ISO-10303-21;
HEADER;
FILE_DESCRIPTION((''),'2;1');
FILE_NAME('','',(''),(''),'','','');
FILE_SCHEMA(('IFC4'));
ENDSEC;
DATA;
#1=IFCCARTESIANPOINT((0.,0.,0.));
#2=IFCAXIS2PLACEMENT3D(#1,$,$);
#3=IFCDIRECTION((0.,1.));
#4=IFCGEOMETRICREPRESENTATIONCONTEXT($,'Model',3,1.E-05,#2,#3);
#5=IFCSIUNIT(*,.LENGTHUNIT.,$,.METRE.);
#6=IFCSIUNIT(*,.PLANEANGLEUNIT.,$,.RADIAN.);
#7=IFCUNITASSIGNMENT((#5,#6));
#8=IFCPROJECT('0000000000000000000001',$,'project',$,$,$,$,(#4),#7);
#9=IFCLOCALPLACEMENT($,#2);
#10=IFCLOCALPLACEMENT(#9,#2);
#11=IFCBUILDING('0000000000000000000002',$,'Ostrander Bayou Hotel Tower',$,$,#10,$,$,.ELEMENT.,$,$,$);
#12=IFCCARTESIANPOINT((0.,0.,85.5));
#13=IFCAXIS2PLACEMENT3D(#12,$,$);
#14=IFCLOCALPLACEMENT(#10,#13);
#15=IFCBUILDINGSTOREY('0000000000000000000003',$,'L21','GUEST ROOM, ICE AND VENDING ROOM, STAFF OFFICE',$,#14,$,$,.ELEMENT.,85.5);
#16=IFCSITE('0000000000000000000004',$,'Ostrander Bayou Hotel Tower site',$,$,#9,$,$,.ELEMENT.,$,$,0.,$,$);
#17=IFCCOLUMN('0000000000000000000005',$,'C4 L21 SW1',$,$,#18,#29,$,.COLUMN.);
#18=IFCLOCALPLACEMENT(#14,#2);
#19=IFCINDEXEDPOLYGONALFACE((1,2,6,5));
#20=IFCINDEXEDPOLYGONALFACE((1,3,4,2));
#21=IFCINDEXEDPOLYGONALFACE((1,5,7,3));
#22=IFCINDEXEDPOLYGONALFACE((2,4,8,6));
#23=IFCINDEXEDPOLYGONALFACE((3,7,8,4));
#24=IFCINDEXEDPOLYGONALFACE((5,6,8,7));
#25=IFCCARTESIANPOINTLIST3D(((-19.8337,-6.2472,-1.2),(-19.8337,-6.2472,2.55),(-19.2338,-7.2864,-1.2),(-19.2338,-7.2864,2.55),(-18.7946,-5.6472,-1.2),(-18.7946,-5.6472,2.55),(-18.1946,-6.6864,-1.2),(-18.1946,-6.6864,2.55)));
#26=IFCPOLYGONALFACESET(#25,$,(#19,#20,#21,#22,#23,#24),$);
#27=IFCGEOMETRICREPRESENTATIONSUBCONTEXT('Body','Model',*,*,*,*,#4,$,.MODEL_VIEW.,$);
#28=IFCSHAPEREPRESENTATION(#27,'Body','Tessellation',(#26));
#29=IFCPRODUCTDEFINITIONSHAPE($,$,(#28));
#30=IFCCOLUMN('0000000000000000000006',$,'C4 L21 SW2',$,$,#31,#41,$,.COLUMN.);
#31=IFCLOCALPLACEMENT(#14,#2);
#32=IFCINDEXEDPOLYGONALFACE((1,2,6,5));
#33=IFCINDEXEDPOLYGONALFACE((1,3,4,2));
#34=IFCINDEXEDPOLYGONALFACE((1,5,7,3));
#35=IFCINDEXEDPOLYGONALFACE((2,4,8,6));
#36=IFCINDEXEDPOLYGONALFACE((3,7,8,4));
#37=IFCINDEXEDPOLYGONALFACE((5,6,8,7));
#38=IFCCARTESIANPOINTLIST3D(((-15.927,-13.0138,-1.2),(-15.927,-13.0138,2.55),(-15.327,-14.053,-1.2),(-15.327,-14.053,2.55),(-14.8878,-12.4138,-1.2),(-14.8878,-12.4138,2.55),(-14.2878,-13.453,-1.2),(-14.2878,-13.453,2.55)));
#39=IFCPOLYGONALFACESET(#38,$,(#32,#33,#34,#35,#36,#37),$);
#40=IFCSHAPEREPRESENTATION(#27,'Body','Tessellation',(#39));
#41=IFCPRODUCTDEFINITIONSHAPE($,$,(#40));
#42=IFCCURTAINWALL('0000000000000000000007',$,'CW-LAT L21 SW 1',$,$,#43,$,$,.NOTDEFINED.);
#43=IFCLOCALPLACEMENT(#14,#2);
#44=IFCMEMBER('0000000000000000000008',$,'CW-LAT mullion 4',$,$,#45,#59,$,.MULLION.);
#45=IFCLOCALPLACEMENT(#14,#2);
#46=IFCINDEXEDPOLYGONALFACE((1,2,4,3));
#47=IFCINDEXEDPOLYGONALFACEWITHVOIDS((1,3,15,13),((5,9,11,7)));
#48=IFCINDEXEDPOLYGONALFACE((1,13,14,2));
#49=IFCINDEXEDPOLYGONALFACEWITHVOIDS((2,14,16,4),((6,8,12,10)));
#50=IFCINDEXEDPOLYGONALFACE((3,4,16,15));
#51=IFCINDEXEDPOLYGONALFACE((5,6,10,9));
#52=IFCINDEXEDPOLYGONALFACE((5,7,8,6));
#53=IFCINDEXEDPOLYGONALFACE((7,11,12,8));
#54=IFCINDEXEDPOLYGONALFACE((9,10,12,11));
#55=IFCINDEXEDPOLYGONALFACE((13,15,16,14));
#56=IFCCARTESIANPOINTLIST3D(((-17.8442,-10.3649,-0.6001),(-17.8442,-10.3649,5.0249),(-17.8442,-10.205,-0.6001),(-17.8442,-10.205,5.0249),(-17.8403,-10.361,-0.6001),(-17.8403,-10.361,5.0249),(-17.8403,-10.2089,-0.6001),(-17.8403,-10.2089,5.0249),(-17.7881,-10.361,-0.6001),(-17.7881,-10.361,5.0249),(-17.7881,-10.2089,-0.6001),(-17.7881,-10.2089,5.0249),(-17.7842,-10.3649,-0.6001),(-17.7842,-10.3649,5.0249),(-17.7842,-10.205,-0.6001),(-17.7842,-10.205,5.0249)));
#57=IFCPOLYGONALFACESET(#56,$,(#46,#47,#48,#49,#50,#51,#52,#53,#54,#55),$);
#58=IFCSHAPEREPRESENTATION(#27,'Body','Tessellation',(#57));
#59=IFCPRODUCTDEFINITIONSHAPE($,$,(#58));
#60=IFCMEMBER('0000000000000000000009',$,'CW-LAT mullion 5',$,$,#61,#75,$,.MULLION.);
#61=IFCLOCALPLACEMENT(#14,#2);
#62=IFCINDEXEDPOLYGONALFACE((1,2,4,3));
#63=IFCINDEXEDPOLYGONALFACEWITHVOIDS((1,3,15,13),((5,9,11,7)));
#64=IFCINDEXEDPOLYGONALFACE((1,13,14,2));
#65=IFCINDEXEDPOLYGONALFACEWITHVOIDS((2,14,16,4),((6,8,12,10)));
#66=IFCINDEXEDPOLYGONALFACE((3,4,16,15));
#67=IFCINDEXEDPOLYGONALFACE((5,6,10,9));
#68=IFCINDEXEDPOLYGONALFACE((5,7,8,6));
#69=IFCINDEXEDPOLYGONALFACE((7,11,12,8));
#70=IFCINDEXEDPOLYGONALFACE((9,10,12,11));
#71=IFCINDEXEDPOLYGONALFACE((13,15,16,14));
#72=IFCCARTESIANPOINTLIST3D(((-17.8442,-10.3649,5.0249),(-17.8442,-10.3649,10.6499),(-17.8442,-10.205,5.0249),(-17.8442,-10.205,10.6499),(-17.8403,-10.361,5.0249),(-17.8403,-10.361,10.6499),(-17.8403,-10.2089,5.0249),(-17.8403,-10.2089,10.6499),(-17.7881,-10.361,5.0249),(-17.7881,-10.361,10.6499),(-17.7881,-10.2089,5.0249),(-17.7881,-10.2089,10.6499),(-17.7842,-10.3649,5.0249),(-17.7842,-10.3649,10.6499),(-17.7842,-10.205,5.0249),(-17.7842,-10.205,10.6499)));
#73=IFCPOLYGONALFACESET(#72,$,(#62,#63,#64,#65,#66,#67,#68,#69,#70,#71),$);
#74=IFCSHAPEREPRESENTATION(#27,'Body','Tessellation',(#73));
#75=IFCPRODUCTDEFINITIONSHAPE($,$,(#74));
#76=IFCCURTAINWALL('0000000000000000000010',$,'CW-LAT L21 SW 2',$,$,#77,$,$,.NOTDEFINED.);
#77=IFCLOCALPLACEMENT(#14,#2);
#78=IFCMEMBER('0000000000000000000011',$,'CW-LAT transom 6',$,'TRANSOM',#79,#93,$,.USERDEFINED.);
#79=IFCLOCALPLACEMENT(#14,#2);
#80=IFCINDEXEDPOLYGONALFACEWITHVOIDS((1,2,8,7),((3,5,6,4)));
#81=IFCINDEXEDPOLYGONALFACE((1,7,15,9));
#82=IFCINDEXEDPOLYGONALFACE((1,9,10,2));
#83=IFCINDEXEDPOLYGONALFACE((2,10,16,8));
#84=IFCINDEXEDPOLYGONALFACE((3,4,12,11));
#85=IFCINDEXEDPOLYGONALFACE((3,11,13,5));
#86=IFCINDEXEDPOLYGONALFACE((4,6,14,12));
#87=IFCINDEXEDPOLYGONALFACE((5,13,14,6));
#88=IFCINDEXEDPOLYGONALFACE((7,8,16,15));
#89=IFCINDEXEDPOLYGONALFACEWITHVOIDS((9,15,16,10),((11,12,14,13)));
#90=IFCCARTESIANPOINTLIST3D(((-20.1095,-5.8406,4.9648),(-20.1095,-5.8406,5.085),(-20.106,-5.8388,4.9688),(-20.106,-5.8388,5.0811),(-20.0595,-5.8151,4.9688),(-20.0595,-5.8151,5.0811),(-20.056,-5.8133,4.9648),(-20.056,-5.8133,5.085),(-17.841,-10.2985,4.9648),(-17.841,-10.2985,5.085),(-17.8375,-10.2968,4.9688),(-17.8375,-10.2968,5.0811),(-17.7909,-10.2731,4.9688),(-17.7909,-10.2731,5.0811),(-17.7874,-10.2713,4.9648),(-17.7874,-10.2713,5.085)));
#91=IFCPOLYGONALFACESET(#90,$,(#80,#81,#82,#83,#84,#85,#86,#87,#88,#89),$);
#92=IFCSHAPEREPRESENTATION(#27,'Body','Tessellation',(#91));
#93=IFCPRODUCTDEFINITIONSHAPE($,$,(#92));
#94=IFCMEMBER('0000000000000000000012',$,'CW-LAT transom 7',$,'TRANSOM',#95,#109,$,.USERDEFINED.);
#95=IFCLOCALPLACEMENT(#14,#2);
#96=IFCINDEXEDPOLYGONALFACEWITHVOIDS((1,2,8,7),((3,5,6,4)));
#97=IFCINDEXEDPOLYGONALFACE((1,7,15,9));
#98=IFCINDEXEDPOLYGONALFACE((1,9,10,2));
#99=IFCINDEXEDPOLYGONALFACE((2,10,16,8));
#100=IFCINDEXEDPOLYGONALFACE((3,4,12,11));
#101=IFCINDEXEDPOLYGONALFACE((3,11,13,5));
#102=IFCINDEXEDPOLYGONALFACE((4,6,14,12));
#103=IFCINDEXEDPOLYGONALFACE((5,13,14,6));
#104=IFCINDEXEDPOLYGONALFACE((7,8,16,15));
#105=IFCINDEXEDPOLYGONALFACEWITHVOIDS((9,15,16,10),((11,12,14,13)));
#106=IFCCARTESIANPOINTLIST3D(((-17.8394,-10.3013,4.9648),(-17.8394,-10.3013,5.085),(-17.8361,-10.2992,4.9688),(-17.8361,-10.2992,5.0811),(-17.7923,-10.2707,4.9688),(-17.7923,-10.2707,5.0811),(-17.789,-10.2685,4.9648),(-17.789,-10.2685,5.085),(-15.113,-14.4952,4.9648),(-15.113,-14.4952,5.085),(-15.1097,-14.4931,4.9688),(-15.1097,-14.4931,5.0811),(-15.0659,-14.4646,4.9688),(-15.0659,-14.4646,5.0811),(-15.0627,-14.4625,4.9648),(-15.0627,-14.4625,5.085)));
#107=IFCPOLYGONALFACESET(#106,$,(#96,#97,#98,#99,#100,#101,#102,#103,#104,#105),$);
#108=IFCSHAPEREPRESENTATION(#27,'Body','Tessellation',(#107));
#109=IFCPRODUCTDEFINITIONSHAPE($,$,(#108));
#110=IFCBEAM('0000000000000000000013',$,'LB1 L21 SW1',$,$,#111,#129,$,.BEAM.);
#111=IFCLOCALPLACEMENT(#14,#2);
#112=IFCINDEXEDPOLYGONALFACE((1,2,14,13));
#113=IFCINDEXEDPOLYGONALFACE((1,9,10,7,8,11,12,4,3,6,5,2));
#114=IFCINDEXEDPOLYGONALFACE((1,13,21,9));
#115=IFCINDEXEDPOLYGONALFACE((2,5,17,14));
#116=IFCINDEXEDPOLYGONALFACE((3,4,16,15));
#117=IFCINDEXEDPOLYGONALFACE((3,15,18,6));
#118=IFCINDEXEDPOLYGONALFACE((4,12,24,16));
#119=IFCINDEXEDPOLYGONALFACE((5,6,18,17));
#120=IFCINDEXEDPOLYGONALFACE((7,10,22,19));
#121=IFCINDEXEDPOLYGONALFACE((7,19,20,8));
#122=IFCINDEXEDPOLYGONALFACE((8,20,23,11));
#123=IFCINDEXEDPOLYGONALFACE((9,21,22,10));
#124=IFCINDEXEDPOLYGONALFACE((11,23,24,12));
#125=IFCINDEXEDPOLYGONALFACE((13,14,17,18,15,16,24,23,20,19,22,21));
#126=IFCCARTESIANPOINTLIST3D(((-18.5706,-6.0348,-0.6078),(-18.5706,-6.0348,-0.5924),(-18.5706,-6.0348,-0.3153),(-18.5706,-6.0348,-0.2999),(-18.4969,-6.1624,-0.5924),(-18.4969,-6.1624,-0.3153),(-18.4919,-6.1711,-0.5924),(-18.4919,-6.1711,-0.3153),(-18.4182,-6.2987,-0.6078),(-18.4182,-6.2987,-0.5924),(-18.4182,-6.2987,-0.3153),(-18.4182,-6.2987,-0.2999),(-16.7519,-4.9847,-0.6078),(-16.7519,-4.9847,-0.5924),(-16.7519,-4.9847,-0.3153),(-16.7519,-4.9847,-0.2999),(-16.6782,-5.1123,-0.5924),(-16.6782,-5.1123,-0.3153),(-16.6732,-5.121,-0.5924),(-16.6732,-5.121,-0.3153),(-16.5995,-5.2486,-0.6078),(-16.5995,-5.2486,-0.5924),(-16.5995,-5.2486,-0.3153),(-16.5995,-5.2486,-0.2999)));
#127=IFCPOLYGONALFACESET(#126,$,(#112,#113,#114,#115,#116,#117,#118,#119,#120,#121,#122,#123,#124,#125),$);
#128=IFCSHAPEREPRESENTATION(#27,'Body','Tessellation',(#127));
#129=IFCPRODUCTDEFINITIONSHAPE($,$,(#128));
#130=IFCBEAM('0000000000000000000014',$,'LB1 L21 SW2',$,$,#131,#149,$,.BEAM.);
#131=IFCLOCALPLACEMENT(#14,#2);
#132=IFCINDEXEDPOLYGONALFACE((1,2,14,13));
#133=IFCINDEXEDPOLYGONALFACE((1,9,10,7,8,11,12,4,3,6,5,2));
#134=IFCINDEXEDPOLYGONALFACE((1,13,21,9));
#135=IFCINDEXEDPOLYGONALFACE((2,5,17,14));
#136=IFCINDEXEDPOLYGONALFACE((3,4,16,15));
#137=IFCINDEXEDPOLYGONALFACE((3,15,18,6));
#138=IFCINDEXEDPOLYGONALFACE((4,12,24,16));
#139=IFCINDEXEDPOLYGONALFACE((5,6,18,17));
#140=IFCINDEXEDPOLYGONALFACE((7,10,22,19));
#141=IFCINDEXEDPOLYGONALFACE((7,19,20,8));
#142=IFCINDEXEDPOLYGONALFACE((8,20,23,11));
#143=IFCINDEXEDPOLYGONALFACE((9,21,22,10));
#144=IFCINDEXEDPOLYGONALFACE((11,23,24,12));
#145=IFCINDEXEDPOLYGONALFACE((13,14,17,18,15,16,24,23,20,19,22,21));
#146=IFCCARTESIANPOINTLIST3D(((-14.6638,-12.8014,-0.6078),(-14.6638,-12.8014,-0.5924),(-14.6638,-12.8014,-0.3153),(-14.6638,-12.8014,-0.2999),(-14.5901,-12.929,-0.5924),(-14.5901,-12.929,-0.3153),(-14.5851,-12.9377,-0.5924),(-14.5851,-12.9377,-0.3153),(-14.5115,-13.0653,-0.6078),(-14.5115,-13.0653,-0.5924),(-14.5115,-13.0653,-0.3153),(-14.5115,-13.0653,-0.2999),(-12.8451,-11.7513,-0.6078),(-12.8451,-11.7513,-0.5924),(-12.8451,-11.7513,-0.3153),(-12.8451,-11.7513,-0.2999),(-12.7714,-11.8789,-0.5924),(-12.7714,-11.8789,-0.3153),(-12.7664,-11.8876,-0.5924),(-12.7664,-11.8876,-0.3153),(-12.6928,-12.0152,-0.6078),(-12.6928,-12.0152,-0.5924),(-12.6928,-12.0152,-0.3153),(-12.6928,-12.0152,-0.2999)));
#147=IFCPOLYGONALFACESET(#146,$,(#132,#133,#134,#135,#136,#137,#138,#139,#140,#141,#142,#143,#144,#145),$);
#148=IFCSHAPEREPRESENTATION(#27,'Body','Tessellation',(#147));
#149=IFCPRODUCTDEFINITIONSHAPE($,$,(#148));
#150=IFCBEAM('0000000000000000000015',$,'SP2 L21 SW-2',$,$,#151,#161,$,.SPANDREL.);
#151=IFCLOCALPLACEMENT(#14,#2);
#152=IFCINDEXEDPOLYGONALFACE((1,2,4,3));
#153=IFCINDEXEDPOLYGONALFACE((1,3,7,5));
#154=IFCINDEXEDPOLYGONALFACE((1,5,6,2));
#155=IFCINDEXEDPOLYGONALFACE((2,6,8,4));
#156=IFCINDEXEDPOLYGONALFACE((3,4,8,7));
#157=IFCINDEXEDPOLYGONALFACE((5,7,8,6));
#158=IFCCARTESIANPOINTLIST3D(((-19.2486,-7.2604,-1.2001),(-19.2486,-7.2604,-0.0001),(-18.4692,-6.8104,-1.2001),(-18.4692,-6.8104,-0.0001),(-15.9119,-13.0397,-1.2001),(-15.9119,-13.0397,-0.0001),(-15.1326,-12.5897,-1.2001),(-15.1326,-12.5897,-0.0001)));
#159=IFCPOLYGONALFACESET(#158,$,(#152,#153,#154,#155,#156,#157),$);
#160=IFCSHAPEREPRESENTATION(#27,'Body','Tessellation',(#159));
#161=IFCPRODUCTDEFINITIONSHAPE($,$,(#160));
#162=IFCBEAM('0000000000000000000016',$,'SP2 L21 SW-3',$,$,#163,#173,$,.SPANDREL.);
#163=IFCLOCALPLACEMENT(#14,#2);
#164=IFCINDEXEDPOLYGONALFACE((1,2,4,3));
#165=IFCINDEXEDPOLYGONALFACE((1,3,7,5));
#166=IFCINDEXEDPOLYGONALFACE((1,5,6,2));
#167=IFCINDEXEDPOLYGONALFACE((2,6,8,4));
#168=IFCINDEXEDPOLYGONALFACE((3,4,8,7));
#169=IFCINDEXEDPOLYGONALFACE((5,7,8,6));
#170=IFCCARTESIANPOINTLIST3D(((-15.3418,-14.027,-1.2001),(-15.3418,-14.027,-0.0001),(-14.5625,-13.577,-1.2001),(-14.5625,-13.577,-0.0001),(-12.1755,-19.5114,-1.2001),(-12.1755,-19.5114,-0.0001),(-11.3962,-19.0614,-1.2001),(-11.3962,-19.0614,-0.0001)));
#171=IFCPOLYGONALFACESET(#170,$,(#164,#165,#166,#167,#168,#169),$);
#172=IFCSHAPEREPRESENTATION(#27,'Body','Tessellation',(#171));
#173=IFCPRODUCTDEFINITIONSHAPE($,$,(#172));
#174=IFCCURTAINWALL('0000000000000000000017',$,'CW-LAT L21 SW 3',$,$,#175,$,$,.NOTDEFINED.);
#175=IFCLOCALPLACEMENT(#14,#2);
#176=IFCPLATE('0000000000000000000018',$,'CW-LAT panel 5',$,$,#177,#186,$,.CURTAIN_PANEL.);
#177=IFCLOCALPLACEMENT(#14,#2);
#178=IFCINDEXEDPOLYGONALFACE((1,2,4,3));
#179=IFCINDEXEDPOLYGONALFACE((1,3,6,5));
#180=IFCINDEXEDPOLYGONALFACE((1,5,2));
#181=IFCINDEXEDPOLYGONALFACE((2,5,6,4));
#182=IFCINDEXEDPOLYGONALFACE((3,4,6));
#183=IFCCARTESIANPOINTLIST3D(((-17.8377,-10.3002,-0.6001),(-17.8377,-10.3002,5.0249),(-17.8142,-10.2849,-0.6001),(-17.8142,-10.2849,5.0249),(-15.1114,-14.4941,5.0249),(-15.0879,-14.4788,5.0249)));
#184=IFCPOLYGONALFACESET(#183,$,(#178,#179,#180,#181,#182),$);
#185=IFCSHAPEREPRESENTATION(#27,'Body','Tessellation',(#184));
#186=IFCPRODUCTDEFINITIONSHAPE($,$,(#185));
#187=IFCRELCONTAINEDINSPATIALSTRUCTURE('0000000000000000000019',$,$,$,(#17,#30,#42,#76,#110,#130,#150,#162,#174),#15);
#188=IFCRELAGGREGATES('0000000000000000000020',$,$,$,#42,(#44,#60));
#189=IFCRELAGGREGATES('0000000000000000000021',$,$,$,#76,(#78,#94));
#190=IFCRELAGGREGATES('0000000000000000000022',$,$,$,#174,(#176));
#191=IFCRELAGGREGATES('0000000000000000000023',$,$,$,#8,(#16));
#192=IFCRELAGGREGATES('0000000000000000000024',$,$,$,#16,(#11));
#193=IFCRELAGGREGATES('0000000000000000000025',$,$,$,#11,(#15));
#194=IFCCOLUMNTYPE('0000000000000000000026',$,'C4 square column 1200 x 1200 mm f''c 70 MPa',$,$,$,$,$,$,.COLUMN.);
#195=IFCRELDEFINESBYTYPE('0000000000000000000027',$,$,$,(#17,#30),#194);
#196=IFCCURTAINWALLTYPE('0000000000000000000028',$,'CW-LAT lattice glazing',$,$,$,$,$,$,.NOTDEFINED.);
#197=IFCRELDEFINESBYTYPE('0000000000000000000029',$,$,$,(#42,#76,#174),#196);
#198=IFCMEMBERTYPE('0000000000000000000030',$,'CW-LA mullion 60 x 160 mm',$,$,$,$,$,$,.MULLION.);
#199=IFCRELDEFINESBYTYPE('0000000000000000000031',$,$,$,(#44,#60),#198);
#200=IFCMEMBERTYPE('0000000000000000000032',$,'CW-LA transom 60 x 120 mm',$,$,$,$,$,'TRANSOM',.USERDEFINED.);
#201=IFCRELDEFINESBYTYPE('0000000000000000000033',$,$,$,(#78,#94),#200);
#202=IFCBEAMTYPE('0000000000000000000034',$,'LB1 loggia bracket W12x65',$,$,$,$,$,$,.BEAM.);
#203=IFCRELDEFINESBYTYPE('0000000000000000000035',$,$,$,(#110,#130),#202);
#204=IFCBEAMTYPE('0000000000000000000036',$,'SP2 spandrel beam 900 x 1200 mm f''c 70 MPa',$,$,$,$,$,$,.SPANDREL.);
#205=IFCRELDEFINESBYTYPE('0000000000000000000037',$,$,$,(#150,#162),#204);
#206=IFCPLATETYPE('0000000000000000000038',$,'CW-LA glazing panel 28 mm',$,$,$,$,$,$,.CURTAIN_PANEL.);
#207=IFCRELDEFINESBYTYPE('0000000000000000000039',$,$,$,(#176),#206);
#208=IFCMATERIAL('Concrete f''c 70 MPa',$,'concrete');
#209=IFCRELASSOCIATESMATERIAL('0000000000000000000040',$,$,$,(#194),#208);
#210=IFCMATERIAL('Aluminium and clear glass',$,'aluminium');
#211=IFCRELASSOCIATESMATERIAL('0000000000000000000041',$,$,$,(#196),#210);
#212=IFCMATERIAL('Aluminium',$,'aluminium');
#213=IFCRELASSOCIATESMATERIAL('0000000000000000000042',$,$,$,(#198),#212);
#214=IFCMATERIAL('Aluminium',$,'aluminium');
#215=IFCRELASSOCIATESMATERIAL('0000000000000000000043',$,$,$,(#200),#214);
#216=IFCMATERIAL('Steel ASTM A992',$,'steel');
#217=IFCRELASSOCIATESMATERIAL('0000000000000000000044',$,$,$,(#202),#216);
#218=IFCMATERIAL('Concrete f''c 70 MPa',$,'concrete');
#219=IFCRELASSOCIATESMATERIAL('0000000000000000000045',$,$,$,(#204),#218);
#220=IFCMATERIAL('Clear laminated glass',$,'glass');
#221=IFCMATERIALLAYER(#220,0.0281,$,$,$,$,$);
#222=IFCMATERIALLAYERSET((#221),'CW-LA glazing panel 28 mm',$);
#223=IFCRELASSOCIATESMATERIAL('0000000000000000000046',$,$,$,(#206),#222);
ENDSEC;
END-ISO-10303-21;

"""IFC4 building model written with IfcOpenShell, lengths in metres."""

from ifc_helpers import new_model, si_unit, direction, frame, origin, origin_2d, place, context, subcontext, project, spatial, polyline, rectangle, hollow_rectangle, i_section, outline, extrude, material, layer, layer_set, material_profile, profile_set, type_object, element, aggregate, save


model = new_model("IFC4")

# Units and contexts
model_context = context("Model", 3, precision=1e-05, world=origin(), true_north=direction((0.0, 1.0)))
body_context = subcontext(model_context, "Body", "Model", "MODEL_VIEW")
ifc_project = project(units=[si_unit("LENGTHUNIT", "METRE"), si_unit("PLANEANGLEUNIT", "RADIAN")], contexts=[model_context])

# Site, building, storey
site_placement = place(None, origin())
site = spatial("IfcSite", under=ifc_project, at=site_placement, Name="Ostrander Bayou Hotel Tower site", CompositionType="ELEMENT", RefElevation=0.0)
building_placement = place(site_placement, origin())
building = spatial("IfcBuilding", under=site, at=building_placement, Name="Ostrander Bayou Hotel Tower", CompositionType="ELEMENT")
storey_placement = place(building_placement, frame((0.0, 0.0, 85.5)))
storey = spatial("IfcBuildingStorey", under=building, at=storey_placement, Name="L21", Description="GUEST ROOM, ICE AND VENDING ROOM, STAFF OFFICE", CompositionType="ELEMENT", Elevation=85.5)

# Columns
ifc_material_1 = material(Name="Concrete f'c 70 MPa", Category="concrete")
ifc_material_profile_1 = material_profile(ifc_material_1, rectangle(XDim=1.2, YDim=1.2, at=origin_2d()))
ifc_profile_set_1 = profile_set([ifc_material_profile_1], Name="Concrete f'c 70 MPa")
column_type = type_object("IfcColumnType", Name="C4 square column 1200 x 1200 mm f'c 70 MPa", PredefinedType="COLUMN", material=ifc_profile_set_1)
for number, where, z_axis, x_axis, name in (
    (1, (-19.0142, -6.4668, -1.2), (0.0, 0.0, 1.0), (-0.5, 0.866025, 0.0), "C4 L21 SW1"),
    (2, (-15.1074, -13.2334, -1.2), (0.0, 0.0, 1.0), (-0.5, 0.866025, 0.0), "C4 L21 SW2"),
):
    element("IfcColumn", number, at=place(storey_placement, frame(where, z_axis=z_axis, x_axis=x_axis)), inside=storey, type_object=column_type, Name=name, PredefinedType="COLUMN", context=body_context, shape_type="SweptSolid", body=[
        extrude(rectangle(XDim=1.2, YDim=1.2, at=origin_2d()), origin(), (0.0, 0.0, 1.0), 3.75),
    ])

# Curtain walls, members
ifc_material_2 = material(Name="Aluminium and clear glass", Category="aluminium")
curtain_wall_type = type_object("IfcCurtainWallType", Name="CW-LAT lattice glazing", PredefinedType="NOTDEFINED", material=ifc_material_2)
curtain_wall_1_placement = place(storey_placement, origin())
curtain_wall_1 = element("IfcCurtainWall", 3, at=curtain_wall_1_placement, inside=storey, type_object=curtain_wall_type, Name="CW-LAT L21 SW 1", PredefinedType="NOTDEFINED")
ifc_material_3 = material(Name="Aluminium", Category="aluminium")
ifc_material_profile_2 = material_profile(ifc_material_3, hollow_rectangle(XDim=0.0601, YDim=0.1599, WallThickness=0.0039, at=origin_2d()))
ifc_profile_set_2 = profile_set([ifc_material_profile_2], Name="Aluminium")
member_type_1 = type_object("IfcMemberType", Name="CW-LA mullion 60 x 160 mm", PredefinedType="MULLION", material=ifc_profile_set_2)
member_1_placement = place(storey_placement, frame((-17.8142, -10.2849, -0.6001), z_axis=(0.0, 0.0, 1.0), x_axis=(1.0, 0.0, 0.0)))
member_1 = element("IfcMember", 4, at=member_1_placement, type_object=member_type_1, Name="CW-LAT mullion 4", PredefinedType="MULLION", context=body_context, shape_type="SweptSolid", body=[
    extrude(hollow_rectangle(XDim=0.0601, YDim=0.1599, WallThickness=0.0039, at=origin_2d()), origin(), (0.0, 0.0, 1.0), 5.625),
])
member_2_placement = place(storey_placement, frame((-17.8142, -10.2849, 5.0249), z_axis=(0.0, 0.0, 1.0), x_axis=(1.0, 0.0, 0.0)))
member_2 = element("IfcMember", 5, at=member_2_placement, type_object=member_type_1, Name="CW-LAT mullion 5", PredefinedType="MULLION", context=body_context, shape_type="SweptSolid", body=[
    extrude(hollow_rectangle(XDim=0.0601, YDim=0.1599, WallThickness=0.0039, at=origin_2d()), origin(), (0.0, 0.0, 1.0), 5.625),
])
aggregate(curtain_wall_1, [member_1, member_2])
curtain_wall_2_placement = place(storey_placement, origin())
curtain_wall_2 = element("IfcCurtainWall", 6, at=curtain_wall_2_placement, inside=storey, type_object=curtain_wall_type, Name="CW-LAT L21 SW 2", PredefinedType="NOTDEFINED")
ifc_material_4 = material(Name="Aluminium", Category="aluminium")
ifc_material_profile_3 = material_profile(ifc_material_4, hollow_rectangle(XDim=0.0601, YDim=0.1201, WallThickness=0.0039, at=origin_2d()))
ifc_profile_set_3 = profile_set([ifc_material_profile_3], Name="Aluminium")
member_type_2 = type_object("IfcMemberType", Name="CW-LA transom 60 x 120 mm", ElementType="TRANSOM", PredefinedType="USERDEFINED", material=ifc_profile_set_3)
member_3_placement = place(storey_placement, frame((-17.8142, -10.2849, 5.0249), z_axis=(-0.453528, 0.891242, 0.0), x_axis=(-0.891242, -0.453528, 0.0)))
member_3 = element("IfcMember", 7, at=member_3_placement, type_object=member_type_2, Name="CW-LAT transom 6", ObjectType="TRANSOM", PredefinedType="USERDEFINED", context=body_context, shape_type="SweptSolid", body=[
    extrude(hollow_rectangle(XDim=0.0601, YDim=0.1201, WallThickness=0.0039, at=origin_2d()), origin(), (0.0, 0.0, 1.0), 5.002),
])
member_4_placement = place(storey_placement, frame((-17.8142, -10.2849, 5.0249), z_axis=(0.545033, -0.838415, 0.0), x_axis=(0.838415, 0.545033, 0.0)))
member_4 = element("IfcMember", 8, at=member_4_placement, type_object=member_type_2, Name="CW-LAT transom 7", ObjectType="TRANSOM", PredefinedType="USERDEFINED", context=body_context, shape_type="SweptSolid", body=[
    extrude(hollow_rectangle(XDim=0.0601, YDim=0.1201, WallThickness=0.0039, at=origin_2d()), origin(), (0.0, 0.0, 1.0), 5.0022),
])
aggregate(curtain_wall_2, [member_3, member_4])

# Beams
ifc_material_5 = material(Name="Steel ASTM A992", Category="steel")
ifc_material_profile_4 = material_profile(ifc_material_5, i_section(OverallWidth=0.3047, OverallDepth=0.3079, WebThickness=0.01, FlangeThickness=0.0154, at=origin_2d()))
ifc_profile_set_4 = profile_set([ifc_material_profile_4], Name="Steel ASTM A992")
beam_type_1 = type_object("IfcBeamType", Name="LB1 loggia bracket W12x65", PredefinedType="BEAM", material=ifc_profile_set_4)
for number, where, z_axis, x_axis, name in (
    (9, (-18.4944, -6.1667, -0.4539), (0.866009, 0.500028, 0.0), (-0.500028, 0.866009, 0.0), "LB1 L21 SW1"),
    (10, (-14.5876, -12.9333, -0.4539), (0.866009, 0.500028, 0.0), (-0.500028, 0.866009, 0.0), "LB1 L21 SW2"),
):
    element("IfcBeam", number, at=place(storey_placement, frame(where, z_axis=z_axis, x_axis=x_axis)), inside=storey, type_object=beam_type_1, Name=name, PredefinedType="BEAM", context=body_context, shape_type="SweptSolid", body=[
        extrude(i_section(OverallWidth=0.3047, OverallDepth=0.3079, WebThickness=0.01, FlangeThickness=0.0154, at=origin_2d()), origin(), (0.0, 0.0, 1.0), 2.1001),
    ])
ifc_material_6 = material(Name="Concrete f'c 70 MPa", Category="concrete")
ifc_material_profile_5 = material_profile(ifc_material_6, rectangle(XDim=0.8999, YDim=1.2, at=origin_2d()))
ifc_profile_set_5 = profile_set([ifc_material_profile_5], Name="Concrete f'c 70 MPa")
beam_type_2 = type_object("IfcBeamType", Name="SP2 spandrel beam 900 x 1200 mm f'c 70 MPa", PredefinedType="SPANDREL", material=ifc_profile_set_5)
beam_1_placement = place(storey_placement, frame((-18.8589, -7.0354, -0.6001), z_axis=(0.499999, -0.866026, 0.0), x_axis=(0.866026, 0.499999, 0.0)))
element("IfcBeam", 11, at=beam_1_placement, inside=storey, type_object=beam_type_2, Name="SP2 L21 SW-2", PredefinedType="SPANDREL", context=body_context, shape_type="SweptSolid", body=[
    extrude(rectangle(XDim=0.8999, YDim=1.2, at=origin_2d()), origin(), (0.0, 0.0, 1.0), 6.6733),
])
beam_2_placement = place(storey_placement, frame((-14.9521, -13.802, -0.6001), z_axis=(0.499983, -0.866035, 0.0), x_axis=(0.866035, 0.499983, 0.0)))
element("IfcBeam", 12, at=beam_2_placement, inside=storey, type_object=beam_type_2, Name="SP2 L21 SW-3", PredefinedType="SPANDREL", context=body_context, shape_type="SweptSolid", body=[
    extrude(rectangle(XDim=0.8999, YDim=1.2, at=origin_2d()), origin(), (0.0, 0.0, 1.0), 6.3328),
])

# Curtain wall, plate
curtain_wall_3_placement = place(storey_placement, origin())
curtain_wall_3 = element("IfcCurtainWall", 13, at=curtain_wall_3_placement, inside=storey, type_object=curtain_wall_type, Name="CW-LAT L21 SW 3", PredefinedType="NOTDEFINED")
ifc_material_7 = material(Name="Clear laminated glass", Category="glass")
ifc_layer_1 = layer(ifc_material_7, 0.0281)
ifc_layer_set_1 = layer_set([ifc_layer_1], Name="CW-LA glazing panel 28 mm")
plate_type = type_object("IfcPlateType", Name="CW-LA glazing panel 28 mm", PredefinedType="CURTAIN_PANEL", material=ifc_layer_set_1)
plate_1_placement = place(storey_placement, frame((-15.0879, -14.4788, 5.0249), z_axis=(0.838415, 0.545033, 0.0), x_axis=(-0.362186, 0.557144, -0.74727)))
plate_1 = element("IfcPlate", 14, at=plate_1_placement, type_object=plate_type, Name="CW-LAT panel 5", PredefinedType="CURTAIN_PANEL", context=body_context, shape_type="SweptSolid", body=[
    extrude(outline(polyline([(0.0, 0.0), (7.5274, 0.0), (3.324, 3.7379), (0.0, 0.0)])), origin(), (0.0, 0.0, -1.0), 0.0281),
])
aggregate(curtain_wall_3, [plate_1])

save(model, "model.ifc")
